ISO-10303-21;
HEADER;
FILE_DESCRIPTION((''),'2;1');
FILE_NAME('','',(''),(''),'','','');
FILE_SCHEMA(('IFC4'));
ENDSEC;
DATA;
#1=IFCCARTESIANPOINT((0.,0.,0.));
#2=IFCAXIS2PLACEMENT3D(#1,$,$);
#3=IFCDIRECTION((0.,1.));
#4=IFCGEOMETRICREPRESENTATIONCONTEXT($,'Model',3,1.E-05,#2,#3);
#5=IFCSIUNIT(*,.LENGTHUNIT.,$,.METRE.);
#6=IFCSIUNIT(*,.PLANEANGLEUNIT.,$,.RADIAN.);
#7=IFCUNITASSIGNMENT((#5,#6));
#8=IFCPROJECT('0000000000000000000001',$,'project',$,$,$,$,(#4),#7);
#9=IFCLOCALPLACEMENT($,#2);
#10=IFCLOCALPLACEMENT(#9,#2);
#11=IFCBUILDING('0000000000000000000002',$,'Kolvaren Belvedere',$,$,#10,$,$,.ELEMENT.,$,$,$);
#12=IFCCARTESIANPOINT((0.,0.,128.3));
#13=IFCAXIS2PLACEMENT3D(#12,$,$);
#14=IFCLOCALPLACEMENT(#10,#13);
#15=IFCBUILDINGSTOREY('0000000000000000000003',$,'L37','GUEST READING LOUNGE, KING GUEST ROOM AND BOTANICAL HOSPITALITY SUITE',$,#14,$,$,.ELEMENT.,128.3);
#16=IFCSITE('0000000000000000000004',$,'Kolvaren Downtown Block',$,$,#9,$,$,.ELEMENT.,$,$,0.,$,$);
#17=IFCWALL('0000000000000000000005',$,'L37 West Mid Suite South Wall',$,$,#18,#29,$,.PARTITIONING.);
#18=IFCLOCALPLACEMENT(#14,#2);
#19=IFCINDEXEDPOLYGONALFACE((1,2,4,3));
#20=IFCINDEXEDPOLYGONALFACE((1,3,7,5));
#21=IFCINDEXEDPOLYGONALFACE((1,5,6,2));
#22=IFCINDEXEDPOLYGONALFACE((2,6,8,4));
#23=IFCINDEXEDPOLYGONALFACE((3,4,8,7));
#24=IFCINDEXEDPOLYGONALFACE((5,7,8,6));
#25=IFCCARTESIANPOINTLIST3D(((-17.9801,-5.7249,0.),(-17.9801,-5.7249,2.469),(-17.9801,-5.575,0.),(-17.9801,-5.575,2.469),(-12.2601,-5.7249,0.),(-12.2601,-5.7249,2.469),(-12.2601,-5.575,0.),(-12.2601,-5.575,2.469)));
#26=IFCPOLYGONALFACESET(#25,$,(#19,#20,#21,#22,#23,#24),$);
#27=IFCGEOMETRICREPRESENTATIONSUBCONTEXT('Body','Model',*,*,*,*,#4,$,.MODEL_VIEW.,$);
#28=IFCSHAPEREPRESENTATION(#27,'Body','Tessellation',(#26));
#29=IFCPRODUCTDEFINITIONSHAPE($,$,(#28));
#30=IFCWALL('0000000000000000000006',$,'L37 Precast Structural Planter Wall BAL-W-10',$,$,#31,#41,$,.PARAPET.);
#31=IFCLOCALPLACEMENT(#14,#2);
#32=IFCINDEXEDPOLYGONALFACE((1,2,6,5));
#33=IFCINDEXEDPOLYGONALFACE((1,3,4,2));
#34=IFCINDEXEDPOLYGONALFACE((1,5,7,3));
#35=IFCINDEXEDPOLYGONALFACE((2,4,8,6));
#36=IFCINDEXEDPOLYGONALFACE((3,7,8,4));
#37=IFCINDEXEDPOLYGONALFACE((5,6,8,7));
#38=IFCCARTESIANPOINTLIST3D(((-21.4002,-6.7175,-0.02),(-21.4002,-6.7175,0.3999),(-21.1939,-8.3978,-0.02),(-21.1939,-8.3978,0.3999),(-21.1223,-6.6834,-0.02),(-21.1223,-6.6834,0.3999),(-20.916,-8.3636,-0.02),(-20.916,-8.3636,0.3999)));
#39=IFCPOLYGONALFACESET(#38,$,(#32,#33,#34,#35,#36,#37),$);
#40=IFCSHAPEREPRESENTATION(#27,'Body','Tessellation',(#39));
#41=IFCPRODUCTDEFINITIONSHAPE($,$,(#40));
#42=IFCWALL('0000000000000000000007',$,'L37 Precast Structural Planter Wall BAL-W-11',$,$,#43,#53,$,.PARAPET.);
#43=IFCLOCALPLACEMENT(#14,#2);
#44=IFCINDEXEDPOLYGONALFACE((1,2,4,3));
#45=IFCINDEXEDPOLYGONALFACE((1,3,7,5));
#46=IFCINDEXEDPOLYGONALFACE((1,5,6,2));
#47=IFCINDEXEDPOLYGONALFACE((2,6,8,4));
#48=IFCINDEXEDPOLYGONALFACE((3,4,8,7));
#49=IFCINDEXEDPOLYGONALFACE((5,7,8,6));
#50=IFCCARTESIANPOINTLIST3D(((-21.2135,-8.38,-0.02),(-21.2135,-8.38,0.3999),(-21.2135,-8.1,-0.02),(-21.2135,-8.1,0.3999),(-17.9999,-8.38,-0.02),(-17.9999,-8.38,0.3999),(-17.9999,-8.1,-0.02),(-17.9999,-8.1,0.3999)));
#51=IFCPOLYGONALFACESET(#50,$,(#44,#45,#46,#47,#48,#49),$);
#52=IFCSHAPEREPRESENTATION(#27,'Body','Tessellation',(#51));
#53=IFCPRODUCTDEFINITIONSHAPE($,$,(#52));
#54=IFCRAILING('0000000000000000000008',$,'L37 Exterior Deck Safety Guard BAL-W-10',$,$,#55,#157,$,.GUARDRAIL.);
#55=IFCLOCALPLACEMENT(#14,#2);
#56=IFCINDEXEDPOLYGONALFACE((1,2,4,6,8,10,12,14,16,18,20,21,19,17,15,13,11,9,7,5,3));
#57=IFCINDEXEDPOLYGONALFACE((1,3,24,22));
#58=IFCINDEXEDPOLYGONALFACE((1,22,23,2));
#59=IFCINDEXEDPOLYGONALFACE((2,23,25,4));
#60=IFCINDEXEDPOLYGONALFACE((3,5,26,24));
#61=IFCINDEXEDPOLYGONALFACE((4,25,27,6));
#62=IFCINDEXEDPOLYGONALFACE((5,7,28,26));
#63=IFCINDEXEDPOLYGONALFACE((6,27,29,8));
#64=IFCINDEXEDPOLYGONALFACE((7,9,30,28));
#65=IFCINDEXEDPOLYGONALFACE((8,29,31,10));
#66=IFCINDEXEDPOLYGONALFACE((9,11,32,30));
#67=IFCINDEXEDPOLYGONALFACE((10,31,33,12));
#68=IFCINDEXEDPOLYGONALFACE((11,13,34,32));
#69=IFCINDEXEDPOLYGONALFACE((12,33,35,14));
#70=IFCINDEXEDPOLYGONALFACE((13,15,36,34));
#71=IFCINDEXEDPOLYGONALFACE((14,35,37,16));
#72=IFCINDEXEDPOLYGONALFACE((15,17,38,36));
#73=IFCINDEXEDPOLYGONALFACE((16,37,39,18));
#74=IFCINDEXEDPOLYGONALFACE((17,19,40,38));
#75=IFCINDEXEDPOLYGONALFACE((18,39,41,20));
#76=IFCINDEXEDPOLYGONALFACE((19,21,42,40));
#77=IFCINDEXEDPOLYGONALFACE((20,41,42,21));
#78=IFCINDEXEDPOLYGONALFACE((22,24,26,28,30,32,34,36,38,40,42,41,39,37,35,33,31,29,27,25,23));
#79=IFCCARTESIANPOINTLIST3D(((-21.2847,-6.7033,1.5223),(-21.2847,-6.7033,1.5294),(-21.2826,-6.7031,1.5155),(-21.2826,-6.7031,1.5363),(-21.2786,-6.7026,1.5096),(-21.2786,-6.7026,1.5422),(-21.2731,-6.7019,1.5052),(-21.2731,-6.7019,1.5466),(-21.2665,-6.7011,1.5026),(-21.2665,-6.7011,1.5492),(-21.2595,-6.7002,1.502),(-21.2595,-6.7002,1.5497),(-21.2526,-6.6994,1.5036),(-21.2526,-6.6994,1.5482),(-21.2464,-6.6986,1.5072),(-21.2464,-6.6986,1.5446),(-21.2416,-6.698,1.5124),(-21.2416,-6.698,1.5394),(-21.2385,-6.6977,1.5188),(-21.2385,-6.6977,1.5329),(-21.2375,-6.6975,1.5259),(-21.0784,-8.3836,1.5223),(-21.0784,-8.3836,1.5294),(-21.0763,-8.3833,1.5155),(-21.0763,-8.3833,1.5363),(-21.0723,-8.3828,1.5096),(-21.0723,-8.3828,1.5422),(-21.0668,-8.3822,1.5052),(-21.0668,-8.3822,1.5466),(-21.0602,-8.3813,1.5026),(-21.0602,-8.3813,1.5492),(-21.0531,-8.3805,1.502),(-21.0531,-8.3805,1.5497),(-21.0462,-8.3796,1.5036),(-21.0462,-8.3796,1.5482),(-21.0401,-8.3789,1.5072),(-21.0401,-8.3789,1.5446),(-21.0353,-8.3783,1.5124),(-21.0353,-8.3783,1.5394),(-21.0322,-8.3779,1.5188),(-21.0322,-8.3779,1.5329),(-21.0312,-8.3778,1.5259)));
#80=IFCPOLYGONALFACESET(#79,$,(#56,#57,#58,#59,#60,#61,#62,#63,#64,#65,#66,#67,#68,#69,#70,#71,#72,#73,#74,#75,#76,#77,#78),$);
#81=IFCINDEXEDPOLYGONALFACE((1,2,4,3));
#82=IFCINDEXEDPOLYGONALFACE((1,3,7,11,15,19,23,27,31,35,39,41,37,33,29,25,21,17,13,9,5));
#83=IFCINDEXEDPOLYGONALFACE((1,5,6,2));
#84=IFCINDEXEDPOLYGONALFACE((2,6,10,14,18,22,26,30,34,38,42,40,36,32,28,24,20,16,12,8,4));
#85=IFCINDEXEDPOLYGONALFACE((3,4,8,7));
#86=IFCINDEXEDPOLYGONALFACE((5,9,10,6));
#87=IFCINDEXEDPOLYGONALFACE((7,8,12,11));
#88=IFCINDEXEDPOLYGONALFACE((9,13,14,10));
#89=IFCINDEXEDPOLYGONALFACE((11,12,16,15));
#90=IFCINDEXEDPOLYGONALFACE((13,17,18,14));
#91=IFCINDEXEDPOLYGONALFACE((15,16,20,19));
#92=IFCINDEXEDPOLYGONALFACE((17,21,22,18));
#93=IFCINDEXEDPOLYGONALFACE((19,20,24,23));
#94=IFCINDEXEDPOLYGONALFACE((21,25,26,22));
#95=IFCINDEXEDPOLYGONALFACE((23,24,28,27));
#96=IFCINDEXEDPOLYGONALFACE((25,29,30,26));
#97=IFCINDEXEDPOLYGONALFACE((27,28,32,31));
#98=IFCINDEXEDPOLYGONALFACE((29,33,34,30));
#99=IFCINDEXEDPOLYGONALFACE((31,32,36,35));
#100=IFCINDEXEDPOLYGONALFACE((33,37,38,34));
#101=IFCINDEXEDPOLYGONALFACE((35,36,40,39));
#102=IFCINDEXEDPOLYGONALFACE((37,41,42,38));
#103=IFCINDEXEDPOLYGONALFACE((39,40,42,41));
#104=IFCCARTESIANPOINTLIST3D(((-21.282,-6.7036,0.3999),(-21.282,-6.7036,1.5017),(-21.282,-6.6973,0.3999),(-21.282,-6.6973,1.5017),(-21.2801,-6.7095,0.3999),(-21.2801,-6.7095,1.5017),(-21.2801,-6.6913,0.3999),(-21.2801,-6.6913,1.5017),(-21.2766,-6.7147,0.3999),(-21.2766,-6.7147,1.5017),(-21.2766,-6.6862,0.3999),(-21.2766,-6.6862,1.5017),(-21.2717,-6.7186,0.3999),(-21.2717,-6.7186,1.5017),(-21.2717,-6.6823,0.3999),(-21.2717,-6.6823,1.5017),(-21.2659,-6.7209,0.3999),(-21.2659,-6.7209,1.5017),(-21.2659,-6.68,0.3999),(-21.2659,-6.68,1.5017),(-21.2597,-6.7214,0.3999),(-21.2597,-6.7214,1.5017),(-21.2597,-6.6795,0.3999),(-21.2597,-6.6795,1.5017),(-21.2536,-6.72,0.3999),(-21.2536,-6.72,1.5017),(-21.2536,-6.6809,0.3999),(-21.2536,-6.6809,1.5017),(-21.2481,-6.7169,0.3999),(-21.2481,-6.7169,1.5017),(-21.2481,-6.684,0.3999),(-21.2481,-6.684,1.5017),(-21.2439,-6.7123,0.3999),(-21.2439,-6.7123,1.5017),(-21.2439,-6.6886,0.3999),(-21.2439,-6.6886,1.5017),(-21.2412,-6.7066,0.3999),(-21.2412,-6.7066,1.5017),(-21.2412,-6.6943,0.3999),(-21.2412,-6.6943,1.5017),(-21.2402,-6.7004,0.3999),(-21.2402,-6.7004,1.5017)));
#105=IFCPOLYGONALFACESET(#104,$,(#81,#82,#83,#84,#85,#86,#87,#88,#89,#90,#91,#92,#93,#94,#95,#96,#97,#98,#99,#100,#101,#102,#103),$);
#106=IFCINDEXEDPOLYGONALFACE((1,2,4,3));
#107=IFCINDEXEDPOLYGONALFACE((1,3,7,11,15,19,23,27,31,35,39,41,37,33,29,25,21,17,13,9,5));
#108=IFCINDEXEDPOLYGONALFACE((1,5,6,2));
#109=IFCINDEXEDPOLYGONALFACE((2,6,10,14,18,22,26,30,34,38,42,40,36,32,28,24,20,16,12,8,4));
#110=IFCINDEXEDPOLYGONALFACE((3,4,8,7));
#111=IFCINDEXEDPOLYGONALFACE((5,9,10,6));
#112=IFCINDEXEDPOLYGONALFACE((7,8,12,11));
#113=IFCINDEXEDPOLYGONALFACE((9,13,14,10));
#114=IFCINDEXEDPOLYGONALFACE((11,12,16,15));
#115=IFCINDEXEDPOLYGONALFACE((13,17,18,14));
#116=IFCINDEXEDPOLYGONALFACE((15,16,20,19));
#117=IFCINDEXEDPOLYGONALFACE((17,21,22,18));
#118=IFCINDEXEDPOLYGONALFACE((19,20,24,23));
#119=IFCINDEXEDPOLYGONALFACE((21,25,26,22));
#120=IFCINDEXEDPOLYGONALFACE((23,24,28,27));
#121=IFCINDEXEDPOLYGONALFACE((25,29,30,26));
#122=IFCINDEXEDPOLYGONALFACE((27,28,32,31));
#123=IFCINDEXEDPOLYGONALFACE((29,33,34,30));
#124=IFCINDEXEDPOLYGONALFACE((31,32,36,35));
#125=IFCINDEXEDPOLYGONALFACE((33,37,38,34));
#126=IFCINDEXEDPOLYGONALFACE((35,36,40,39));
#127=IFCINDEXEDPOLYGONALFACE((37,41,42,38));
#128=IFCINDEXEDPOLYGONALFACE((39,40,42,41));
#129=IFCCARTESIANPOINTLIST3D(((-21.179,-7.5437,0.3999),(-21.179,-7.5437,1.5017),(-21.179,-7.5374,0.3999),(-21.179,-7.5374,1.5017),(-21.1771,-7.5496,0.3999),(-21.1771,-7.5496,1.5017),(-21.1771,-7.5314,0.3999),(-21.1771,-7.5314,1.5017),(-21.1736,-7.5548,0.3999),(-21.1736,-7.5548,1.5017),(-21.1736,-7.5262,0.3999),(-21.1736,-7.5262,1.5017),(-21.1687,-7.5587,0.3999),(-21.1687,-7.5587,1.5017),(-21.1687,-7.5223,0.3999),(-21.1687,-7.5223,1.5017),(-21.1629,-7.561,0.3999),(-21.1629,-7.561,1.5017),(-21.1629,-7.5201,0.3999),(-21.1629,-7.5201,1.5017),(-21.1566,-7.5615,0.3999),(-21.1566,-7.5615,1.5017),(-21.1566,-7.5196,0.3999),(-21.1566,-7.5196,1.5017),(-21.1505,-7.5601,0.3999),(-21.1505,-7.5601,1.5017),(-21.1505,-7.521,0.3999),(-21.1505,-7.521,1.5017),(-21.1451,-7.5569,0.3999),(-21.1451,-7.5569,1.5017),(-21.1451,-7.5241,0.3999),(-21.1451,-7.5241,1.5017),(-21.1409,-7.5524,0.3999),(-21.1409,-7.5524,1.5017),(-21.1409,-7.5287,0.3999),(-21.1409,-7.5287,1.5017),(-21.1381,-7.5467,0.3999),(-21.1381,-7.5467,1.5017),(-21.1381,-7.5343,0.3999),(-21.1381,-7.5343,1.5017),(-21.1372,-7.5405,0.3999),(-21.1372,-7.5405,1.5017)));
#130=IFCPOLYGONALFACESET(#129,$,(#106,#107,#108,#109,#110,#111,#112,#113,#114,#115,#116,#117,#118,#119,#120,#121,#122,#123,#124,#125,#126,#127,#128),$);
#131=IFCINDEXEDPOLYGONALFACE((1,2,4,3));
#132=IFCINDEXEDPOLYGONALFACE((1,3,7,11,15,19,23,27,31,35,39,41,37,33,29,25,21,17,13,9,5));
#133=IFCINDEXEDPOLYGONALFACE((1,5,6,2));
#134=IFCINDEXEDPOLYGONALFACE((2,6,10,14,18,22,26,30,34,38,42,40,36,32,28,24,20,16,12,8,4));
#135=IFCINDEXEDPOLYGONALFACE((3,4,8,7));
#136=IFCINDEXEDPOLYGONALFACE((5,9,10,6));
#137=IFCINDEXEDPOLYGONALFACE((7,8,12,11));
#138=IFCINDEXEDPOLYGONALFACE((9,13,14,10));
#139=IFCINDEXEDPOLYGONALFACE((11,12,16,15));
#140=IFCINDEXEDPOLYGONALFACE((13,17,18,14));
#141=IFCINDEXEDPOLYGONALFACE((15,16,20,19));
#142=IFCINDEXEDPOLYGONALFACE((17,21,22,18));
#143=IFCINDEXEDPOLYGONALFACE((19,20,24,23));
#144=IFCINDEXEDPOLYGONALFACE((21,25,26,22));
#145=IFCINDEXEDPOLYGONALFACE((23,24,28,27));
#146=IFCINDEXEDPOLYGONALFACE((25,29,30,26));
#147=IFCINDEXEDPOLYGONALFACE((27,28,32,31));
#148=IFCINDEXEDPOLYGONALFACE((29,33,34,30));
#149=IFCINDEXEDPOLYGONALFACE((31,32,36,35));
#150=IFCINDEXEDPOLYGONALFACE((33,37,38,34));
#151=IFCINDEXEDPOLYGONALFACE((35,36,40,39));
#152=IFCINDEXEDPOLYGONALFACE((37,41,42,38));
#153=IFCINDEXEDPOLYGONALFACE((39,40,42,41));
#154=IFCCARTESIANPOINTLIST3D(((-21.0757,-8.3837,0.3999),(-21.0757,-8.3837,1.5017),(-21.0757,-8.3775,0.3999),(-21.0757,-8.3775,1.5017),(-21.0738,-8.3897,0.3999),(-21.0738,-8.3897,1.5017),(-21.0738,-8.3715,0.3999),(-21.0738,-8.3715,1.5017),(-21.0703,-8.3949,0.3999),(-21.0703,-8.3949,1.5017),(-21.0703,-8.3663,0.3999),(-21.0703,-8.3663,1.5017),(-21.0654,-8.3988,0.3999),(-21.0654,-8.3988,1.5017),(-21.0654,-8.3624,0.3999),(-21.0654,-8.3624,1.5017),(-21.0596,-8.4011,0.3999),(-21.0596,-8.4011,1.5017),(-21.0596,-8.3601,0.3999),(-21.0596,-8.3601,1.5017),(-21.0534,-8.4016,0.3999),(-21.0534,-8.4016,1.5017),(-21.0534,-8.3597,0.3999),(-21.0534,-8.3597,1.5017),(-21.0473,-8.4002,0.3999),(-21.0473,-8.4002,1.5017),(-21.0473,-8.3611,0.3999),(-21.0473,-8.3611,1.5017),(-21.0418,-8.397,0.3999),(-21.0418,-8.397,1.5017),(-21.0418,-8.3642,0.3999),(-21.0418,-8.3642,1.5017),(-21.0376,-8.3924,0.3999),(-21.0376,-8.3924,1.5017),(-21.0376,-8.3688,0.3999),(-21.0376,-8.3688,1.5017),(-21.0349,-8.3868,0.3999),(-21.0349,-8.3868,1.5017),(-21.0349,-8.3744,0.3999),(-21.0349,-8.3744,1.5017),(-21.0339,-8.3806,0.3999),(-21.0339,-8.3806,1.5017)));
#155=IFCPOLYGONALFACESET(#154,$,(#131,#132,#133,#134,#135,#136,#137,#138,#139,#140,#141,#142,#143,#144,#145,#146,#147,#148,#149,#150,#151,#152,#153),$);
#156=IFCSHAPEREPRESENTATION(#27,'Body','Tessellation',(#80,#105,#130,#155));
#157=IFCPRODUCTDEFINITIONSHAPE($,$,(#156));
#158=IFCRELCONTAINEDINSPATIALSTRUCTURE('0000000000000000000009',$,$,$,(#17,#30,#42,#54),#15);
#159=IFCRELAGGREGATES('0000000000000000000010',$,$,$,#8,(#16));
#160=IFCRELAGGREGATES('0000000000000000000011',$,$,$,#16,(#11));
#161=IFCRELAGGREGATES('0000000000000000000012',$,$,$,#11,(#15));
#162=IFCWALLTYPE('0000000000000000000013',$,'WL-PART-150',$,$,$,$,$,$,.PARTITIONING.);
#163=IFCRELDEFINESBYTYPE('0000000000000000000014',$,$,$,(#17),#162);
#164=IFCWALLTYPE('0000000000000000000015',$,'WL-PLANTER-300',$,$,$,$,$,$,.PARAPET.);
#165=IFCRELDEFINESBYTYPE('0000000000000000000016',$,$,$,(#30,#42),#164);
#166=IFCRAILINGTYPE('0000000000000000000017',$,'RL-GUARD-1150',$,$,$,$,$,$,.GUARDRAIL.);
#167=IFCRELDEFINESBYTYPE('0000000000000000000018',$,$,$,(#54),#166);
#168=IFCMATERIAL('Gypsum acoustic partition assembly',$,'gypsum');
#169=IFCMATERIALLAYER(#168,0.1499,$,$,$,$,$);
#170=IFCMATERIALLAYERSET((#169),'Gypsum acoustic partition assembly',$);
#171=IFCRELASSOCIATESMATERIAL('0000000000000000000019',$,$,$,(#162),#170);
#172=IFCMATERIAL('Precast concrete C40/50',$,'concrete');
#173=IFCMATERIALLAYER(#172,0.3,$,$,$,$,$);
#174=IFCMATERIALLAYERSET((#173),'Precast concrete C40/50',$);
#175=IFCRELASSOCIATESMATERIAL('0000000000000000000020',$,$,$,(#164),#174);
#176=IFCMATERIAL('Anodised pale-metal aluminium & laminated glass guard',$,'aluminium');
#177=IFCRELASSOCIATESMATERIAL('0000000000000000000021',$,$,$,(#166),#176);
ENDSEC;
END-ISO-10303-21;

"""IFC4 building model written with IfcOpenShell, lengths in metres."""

from ifc_helpers import new_model, si_unit, direction, frame, frame_2d, origin, origin_2d, place, context, subcontext, project, spatial, rectangle, circle, extrude, material, layer, layer_set, type_object, element, save


model = new_model("IFC4")

# Units and contexts
model_context = context("Model", 3, precision=1e-05, world=origin(), true_north=direction((0.0, 1.0)))
body_context = subcontext(model_context, "Body", "Model", "MODEL_VIEW")
ifc_project = project(units=[si_unit("LENGTHUNIT", "METRE"), si_unit("PLANEANGLEUNIT", "RADIAN")], contexts=[model_context])

# Site, building, storey
site_placement = place(None, origin())
site = spatial("IfcSite", under=ifc_project, at=site_placement, Name="Kolvaren Downtown Block", CompositionType="ELEMENT", RefElevation=0.0)
building_placement = place(site_placement, origin())
building = spatial("IfcBuilding", under=site, at=building_placement, Name="Kolvaren Belvedere", CompositionType="ELEMENT")
storey_placement = place(building_placement, frame((0.0, 0.0, 128.3)))
storey = spatial("IfcBuildingStorey", under=building, at=storey_placement, Name="L37", Description="GUEST READING LOUNGE, KING GUEST ROOM AND BOTANICAL HOSPITALITY SUITE", CompositionType="ELEMENT", Elevation=128.3)

# Walls
ifc_material_1 = material(Name="Gypsum acoustic partition assembly", Category="gypsum")
ifc_layer_1 = layer(ifc_material_1, 0.1499)
ifc_layer_set_1 = layer_set([ifc_layer_1], Name="Gypsum acoustic partition assembly")
wall_type_1 = type_object("IfcWallType", Name="WL-PART-150", PredefinedType="PARTITIONING", material=ifc_layer_set_1)
wall_1_placement = place(storey_placement, frame((-17.98, -5.6499, 0.0), z_axis=(0.0, 0.0, 1.0), x_axis=(1.0, 0.0, 0.0)))
element("IfcWall", 1, at=wall_1_placement, inside=storey, type_object=wall_type_1, Name="L37 West Mid Suite South Wall", PredefinedType="PARTITIONING", context=body_context, shape_type="SweptSolid", body=[
    extrude(rectangle(XDim=5.72, YDim=0.1499, at=frame_2d((2.8599, 0.0))), origin(), (0.0, 0.0, 1.0), 2.469),
])
ifc_material_2 = material(Name="Precast concrete C40/50", Category="concrete")
ifc_layer_2 = layer(ifc_material_2, 0.3)
ifc_layer_set_2 = layer_set([ifc_layer_2], Name="Precast concrete C40/50")
wall_type_2 = type_object("IfcWallType", Name="WL-PLANTER-300", PredefinedType="PARAPET", material=ifc_layer_set_2)
wall_2_placement = place(storey_placement, frame((-21.2612, -6.7004, -0.02), z_axis=(0.0, 0.0, 1.0), x_axis=(0.121869, -0.992546, 0.0)))
element("IfcWall", 2, at=wall_2_placement, inside=storey, type_object=wall_type_2, Name="L37 Precast Structural Planter Wall BAL-W-10", PredefinedType="PARAPET", context=body_context, shape_type="SweptSolid", body=[
    extrude(rectangle(XDim=1.6929, YDim=0.28, at=frame_2d((0.8464, 0.0))), origin(), (0.0, 0.0, 1.0), 0.4199),
])
wall_3_placement = place(storey_placement, frame((-21.2136, -8.24, -0.02), z_axis=(0.0, 0.0, 1.0), x_axis=(1.0, 0.0, 0.0)))
element("IfcWall", 3, at=wall_3_placement, inside=storey, type_object=wall_type_2, Name="L37 Precast Structural Planter Wall BAL-W-11", PredefinedType="PARAPET", context=body_context, shape_type="SweptSolid", body=[
    extrude(rectangle(XDim=3.2136, YDim=0.28, at=frame_2d((1.6069, 0.0))), origin(), (0.0, 0.0, 1.0), 0.4199),
])

# Railing
ifc_material_3 = material(Name="Anodised pale-metal aluminium & laminated glass guard", Category="aluminium")
railing_type = type_object("IfcRailingType", Name="RL-GUARD-1150", PredefinedType="GUARDRAIL", material=ifc_material_3)
railing_1_placement = place(storey_placement, frame((-21.2612, -6.7004, 0.3999)))
element("IfcRailing", 4, at=railing_1_placement, inside=storey, type_object=railing_type, Name="L37 Exterior Deck Safety Guard BAL-W-10", PredefinedType="GUARDRAIL", context=body_context, shape_type="SweptSolid", body=[
    extrude(circle(Radius=0.0239, at=origin_2d()), frame((0.0, 0.0, 1.126), z_axis=(0.121869, -0.992546, 0.0), x_axis=(0.992546, 0.121869, 0.0)), (0.0, 0.0, 1.0), 1.6929),
    extrude(circle(Radius=0.021, at=origin_2d()), origin(), (0.0, 0.0, 1.0), 1.1018),
    extrude(circle(Radius=0.021, at=origin_2d()), frame((0.103, -0.8401, 0.0)), (0.0, 0.0, 1.0), 1.1018),
    extrude(circle(Radius=0.021, at=origin_2d()), frame((0.2063, -1.6802, 0.0)), (0.0, 0.0, 1.0), 1.1018),
])

save(model, "model.ifc")
